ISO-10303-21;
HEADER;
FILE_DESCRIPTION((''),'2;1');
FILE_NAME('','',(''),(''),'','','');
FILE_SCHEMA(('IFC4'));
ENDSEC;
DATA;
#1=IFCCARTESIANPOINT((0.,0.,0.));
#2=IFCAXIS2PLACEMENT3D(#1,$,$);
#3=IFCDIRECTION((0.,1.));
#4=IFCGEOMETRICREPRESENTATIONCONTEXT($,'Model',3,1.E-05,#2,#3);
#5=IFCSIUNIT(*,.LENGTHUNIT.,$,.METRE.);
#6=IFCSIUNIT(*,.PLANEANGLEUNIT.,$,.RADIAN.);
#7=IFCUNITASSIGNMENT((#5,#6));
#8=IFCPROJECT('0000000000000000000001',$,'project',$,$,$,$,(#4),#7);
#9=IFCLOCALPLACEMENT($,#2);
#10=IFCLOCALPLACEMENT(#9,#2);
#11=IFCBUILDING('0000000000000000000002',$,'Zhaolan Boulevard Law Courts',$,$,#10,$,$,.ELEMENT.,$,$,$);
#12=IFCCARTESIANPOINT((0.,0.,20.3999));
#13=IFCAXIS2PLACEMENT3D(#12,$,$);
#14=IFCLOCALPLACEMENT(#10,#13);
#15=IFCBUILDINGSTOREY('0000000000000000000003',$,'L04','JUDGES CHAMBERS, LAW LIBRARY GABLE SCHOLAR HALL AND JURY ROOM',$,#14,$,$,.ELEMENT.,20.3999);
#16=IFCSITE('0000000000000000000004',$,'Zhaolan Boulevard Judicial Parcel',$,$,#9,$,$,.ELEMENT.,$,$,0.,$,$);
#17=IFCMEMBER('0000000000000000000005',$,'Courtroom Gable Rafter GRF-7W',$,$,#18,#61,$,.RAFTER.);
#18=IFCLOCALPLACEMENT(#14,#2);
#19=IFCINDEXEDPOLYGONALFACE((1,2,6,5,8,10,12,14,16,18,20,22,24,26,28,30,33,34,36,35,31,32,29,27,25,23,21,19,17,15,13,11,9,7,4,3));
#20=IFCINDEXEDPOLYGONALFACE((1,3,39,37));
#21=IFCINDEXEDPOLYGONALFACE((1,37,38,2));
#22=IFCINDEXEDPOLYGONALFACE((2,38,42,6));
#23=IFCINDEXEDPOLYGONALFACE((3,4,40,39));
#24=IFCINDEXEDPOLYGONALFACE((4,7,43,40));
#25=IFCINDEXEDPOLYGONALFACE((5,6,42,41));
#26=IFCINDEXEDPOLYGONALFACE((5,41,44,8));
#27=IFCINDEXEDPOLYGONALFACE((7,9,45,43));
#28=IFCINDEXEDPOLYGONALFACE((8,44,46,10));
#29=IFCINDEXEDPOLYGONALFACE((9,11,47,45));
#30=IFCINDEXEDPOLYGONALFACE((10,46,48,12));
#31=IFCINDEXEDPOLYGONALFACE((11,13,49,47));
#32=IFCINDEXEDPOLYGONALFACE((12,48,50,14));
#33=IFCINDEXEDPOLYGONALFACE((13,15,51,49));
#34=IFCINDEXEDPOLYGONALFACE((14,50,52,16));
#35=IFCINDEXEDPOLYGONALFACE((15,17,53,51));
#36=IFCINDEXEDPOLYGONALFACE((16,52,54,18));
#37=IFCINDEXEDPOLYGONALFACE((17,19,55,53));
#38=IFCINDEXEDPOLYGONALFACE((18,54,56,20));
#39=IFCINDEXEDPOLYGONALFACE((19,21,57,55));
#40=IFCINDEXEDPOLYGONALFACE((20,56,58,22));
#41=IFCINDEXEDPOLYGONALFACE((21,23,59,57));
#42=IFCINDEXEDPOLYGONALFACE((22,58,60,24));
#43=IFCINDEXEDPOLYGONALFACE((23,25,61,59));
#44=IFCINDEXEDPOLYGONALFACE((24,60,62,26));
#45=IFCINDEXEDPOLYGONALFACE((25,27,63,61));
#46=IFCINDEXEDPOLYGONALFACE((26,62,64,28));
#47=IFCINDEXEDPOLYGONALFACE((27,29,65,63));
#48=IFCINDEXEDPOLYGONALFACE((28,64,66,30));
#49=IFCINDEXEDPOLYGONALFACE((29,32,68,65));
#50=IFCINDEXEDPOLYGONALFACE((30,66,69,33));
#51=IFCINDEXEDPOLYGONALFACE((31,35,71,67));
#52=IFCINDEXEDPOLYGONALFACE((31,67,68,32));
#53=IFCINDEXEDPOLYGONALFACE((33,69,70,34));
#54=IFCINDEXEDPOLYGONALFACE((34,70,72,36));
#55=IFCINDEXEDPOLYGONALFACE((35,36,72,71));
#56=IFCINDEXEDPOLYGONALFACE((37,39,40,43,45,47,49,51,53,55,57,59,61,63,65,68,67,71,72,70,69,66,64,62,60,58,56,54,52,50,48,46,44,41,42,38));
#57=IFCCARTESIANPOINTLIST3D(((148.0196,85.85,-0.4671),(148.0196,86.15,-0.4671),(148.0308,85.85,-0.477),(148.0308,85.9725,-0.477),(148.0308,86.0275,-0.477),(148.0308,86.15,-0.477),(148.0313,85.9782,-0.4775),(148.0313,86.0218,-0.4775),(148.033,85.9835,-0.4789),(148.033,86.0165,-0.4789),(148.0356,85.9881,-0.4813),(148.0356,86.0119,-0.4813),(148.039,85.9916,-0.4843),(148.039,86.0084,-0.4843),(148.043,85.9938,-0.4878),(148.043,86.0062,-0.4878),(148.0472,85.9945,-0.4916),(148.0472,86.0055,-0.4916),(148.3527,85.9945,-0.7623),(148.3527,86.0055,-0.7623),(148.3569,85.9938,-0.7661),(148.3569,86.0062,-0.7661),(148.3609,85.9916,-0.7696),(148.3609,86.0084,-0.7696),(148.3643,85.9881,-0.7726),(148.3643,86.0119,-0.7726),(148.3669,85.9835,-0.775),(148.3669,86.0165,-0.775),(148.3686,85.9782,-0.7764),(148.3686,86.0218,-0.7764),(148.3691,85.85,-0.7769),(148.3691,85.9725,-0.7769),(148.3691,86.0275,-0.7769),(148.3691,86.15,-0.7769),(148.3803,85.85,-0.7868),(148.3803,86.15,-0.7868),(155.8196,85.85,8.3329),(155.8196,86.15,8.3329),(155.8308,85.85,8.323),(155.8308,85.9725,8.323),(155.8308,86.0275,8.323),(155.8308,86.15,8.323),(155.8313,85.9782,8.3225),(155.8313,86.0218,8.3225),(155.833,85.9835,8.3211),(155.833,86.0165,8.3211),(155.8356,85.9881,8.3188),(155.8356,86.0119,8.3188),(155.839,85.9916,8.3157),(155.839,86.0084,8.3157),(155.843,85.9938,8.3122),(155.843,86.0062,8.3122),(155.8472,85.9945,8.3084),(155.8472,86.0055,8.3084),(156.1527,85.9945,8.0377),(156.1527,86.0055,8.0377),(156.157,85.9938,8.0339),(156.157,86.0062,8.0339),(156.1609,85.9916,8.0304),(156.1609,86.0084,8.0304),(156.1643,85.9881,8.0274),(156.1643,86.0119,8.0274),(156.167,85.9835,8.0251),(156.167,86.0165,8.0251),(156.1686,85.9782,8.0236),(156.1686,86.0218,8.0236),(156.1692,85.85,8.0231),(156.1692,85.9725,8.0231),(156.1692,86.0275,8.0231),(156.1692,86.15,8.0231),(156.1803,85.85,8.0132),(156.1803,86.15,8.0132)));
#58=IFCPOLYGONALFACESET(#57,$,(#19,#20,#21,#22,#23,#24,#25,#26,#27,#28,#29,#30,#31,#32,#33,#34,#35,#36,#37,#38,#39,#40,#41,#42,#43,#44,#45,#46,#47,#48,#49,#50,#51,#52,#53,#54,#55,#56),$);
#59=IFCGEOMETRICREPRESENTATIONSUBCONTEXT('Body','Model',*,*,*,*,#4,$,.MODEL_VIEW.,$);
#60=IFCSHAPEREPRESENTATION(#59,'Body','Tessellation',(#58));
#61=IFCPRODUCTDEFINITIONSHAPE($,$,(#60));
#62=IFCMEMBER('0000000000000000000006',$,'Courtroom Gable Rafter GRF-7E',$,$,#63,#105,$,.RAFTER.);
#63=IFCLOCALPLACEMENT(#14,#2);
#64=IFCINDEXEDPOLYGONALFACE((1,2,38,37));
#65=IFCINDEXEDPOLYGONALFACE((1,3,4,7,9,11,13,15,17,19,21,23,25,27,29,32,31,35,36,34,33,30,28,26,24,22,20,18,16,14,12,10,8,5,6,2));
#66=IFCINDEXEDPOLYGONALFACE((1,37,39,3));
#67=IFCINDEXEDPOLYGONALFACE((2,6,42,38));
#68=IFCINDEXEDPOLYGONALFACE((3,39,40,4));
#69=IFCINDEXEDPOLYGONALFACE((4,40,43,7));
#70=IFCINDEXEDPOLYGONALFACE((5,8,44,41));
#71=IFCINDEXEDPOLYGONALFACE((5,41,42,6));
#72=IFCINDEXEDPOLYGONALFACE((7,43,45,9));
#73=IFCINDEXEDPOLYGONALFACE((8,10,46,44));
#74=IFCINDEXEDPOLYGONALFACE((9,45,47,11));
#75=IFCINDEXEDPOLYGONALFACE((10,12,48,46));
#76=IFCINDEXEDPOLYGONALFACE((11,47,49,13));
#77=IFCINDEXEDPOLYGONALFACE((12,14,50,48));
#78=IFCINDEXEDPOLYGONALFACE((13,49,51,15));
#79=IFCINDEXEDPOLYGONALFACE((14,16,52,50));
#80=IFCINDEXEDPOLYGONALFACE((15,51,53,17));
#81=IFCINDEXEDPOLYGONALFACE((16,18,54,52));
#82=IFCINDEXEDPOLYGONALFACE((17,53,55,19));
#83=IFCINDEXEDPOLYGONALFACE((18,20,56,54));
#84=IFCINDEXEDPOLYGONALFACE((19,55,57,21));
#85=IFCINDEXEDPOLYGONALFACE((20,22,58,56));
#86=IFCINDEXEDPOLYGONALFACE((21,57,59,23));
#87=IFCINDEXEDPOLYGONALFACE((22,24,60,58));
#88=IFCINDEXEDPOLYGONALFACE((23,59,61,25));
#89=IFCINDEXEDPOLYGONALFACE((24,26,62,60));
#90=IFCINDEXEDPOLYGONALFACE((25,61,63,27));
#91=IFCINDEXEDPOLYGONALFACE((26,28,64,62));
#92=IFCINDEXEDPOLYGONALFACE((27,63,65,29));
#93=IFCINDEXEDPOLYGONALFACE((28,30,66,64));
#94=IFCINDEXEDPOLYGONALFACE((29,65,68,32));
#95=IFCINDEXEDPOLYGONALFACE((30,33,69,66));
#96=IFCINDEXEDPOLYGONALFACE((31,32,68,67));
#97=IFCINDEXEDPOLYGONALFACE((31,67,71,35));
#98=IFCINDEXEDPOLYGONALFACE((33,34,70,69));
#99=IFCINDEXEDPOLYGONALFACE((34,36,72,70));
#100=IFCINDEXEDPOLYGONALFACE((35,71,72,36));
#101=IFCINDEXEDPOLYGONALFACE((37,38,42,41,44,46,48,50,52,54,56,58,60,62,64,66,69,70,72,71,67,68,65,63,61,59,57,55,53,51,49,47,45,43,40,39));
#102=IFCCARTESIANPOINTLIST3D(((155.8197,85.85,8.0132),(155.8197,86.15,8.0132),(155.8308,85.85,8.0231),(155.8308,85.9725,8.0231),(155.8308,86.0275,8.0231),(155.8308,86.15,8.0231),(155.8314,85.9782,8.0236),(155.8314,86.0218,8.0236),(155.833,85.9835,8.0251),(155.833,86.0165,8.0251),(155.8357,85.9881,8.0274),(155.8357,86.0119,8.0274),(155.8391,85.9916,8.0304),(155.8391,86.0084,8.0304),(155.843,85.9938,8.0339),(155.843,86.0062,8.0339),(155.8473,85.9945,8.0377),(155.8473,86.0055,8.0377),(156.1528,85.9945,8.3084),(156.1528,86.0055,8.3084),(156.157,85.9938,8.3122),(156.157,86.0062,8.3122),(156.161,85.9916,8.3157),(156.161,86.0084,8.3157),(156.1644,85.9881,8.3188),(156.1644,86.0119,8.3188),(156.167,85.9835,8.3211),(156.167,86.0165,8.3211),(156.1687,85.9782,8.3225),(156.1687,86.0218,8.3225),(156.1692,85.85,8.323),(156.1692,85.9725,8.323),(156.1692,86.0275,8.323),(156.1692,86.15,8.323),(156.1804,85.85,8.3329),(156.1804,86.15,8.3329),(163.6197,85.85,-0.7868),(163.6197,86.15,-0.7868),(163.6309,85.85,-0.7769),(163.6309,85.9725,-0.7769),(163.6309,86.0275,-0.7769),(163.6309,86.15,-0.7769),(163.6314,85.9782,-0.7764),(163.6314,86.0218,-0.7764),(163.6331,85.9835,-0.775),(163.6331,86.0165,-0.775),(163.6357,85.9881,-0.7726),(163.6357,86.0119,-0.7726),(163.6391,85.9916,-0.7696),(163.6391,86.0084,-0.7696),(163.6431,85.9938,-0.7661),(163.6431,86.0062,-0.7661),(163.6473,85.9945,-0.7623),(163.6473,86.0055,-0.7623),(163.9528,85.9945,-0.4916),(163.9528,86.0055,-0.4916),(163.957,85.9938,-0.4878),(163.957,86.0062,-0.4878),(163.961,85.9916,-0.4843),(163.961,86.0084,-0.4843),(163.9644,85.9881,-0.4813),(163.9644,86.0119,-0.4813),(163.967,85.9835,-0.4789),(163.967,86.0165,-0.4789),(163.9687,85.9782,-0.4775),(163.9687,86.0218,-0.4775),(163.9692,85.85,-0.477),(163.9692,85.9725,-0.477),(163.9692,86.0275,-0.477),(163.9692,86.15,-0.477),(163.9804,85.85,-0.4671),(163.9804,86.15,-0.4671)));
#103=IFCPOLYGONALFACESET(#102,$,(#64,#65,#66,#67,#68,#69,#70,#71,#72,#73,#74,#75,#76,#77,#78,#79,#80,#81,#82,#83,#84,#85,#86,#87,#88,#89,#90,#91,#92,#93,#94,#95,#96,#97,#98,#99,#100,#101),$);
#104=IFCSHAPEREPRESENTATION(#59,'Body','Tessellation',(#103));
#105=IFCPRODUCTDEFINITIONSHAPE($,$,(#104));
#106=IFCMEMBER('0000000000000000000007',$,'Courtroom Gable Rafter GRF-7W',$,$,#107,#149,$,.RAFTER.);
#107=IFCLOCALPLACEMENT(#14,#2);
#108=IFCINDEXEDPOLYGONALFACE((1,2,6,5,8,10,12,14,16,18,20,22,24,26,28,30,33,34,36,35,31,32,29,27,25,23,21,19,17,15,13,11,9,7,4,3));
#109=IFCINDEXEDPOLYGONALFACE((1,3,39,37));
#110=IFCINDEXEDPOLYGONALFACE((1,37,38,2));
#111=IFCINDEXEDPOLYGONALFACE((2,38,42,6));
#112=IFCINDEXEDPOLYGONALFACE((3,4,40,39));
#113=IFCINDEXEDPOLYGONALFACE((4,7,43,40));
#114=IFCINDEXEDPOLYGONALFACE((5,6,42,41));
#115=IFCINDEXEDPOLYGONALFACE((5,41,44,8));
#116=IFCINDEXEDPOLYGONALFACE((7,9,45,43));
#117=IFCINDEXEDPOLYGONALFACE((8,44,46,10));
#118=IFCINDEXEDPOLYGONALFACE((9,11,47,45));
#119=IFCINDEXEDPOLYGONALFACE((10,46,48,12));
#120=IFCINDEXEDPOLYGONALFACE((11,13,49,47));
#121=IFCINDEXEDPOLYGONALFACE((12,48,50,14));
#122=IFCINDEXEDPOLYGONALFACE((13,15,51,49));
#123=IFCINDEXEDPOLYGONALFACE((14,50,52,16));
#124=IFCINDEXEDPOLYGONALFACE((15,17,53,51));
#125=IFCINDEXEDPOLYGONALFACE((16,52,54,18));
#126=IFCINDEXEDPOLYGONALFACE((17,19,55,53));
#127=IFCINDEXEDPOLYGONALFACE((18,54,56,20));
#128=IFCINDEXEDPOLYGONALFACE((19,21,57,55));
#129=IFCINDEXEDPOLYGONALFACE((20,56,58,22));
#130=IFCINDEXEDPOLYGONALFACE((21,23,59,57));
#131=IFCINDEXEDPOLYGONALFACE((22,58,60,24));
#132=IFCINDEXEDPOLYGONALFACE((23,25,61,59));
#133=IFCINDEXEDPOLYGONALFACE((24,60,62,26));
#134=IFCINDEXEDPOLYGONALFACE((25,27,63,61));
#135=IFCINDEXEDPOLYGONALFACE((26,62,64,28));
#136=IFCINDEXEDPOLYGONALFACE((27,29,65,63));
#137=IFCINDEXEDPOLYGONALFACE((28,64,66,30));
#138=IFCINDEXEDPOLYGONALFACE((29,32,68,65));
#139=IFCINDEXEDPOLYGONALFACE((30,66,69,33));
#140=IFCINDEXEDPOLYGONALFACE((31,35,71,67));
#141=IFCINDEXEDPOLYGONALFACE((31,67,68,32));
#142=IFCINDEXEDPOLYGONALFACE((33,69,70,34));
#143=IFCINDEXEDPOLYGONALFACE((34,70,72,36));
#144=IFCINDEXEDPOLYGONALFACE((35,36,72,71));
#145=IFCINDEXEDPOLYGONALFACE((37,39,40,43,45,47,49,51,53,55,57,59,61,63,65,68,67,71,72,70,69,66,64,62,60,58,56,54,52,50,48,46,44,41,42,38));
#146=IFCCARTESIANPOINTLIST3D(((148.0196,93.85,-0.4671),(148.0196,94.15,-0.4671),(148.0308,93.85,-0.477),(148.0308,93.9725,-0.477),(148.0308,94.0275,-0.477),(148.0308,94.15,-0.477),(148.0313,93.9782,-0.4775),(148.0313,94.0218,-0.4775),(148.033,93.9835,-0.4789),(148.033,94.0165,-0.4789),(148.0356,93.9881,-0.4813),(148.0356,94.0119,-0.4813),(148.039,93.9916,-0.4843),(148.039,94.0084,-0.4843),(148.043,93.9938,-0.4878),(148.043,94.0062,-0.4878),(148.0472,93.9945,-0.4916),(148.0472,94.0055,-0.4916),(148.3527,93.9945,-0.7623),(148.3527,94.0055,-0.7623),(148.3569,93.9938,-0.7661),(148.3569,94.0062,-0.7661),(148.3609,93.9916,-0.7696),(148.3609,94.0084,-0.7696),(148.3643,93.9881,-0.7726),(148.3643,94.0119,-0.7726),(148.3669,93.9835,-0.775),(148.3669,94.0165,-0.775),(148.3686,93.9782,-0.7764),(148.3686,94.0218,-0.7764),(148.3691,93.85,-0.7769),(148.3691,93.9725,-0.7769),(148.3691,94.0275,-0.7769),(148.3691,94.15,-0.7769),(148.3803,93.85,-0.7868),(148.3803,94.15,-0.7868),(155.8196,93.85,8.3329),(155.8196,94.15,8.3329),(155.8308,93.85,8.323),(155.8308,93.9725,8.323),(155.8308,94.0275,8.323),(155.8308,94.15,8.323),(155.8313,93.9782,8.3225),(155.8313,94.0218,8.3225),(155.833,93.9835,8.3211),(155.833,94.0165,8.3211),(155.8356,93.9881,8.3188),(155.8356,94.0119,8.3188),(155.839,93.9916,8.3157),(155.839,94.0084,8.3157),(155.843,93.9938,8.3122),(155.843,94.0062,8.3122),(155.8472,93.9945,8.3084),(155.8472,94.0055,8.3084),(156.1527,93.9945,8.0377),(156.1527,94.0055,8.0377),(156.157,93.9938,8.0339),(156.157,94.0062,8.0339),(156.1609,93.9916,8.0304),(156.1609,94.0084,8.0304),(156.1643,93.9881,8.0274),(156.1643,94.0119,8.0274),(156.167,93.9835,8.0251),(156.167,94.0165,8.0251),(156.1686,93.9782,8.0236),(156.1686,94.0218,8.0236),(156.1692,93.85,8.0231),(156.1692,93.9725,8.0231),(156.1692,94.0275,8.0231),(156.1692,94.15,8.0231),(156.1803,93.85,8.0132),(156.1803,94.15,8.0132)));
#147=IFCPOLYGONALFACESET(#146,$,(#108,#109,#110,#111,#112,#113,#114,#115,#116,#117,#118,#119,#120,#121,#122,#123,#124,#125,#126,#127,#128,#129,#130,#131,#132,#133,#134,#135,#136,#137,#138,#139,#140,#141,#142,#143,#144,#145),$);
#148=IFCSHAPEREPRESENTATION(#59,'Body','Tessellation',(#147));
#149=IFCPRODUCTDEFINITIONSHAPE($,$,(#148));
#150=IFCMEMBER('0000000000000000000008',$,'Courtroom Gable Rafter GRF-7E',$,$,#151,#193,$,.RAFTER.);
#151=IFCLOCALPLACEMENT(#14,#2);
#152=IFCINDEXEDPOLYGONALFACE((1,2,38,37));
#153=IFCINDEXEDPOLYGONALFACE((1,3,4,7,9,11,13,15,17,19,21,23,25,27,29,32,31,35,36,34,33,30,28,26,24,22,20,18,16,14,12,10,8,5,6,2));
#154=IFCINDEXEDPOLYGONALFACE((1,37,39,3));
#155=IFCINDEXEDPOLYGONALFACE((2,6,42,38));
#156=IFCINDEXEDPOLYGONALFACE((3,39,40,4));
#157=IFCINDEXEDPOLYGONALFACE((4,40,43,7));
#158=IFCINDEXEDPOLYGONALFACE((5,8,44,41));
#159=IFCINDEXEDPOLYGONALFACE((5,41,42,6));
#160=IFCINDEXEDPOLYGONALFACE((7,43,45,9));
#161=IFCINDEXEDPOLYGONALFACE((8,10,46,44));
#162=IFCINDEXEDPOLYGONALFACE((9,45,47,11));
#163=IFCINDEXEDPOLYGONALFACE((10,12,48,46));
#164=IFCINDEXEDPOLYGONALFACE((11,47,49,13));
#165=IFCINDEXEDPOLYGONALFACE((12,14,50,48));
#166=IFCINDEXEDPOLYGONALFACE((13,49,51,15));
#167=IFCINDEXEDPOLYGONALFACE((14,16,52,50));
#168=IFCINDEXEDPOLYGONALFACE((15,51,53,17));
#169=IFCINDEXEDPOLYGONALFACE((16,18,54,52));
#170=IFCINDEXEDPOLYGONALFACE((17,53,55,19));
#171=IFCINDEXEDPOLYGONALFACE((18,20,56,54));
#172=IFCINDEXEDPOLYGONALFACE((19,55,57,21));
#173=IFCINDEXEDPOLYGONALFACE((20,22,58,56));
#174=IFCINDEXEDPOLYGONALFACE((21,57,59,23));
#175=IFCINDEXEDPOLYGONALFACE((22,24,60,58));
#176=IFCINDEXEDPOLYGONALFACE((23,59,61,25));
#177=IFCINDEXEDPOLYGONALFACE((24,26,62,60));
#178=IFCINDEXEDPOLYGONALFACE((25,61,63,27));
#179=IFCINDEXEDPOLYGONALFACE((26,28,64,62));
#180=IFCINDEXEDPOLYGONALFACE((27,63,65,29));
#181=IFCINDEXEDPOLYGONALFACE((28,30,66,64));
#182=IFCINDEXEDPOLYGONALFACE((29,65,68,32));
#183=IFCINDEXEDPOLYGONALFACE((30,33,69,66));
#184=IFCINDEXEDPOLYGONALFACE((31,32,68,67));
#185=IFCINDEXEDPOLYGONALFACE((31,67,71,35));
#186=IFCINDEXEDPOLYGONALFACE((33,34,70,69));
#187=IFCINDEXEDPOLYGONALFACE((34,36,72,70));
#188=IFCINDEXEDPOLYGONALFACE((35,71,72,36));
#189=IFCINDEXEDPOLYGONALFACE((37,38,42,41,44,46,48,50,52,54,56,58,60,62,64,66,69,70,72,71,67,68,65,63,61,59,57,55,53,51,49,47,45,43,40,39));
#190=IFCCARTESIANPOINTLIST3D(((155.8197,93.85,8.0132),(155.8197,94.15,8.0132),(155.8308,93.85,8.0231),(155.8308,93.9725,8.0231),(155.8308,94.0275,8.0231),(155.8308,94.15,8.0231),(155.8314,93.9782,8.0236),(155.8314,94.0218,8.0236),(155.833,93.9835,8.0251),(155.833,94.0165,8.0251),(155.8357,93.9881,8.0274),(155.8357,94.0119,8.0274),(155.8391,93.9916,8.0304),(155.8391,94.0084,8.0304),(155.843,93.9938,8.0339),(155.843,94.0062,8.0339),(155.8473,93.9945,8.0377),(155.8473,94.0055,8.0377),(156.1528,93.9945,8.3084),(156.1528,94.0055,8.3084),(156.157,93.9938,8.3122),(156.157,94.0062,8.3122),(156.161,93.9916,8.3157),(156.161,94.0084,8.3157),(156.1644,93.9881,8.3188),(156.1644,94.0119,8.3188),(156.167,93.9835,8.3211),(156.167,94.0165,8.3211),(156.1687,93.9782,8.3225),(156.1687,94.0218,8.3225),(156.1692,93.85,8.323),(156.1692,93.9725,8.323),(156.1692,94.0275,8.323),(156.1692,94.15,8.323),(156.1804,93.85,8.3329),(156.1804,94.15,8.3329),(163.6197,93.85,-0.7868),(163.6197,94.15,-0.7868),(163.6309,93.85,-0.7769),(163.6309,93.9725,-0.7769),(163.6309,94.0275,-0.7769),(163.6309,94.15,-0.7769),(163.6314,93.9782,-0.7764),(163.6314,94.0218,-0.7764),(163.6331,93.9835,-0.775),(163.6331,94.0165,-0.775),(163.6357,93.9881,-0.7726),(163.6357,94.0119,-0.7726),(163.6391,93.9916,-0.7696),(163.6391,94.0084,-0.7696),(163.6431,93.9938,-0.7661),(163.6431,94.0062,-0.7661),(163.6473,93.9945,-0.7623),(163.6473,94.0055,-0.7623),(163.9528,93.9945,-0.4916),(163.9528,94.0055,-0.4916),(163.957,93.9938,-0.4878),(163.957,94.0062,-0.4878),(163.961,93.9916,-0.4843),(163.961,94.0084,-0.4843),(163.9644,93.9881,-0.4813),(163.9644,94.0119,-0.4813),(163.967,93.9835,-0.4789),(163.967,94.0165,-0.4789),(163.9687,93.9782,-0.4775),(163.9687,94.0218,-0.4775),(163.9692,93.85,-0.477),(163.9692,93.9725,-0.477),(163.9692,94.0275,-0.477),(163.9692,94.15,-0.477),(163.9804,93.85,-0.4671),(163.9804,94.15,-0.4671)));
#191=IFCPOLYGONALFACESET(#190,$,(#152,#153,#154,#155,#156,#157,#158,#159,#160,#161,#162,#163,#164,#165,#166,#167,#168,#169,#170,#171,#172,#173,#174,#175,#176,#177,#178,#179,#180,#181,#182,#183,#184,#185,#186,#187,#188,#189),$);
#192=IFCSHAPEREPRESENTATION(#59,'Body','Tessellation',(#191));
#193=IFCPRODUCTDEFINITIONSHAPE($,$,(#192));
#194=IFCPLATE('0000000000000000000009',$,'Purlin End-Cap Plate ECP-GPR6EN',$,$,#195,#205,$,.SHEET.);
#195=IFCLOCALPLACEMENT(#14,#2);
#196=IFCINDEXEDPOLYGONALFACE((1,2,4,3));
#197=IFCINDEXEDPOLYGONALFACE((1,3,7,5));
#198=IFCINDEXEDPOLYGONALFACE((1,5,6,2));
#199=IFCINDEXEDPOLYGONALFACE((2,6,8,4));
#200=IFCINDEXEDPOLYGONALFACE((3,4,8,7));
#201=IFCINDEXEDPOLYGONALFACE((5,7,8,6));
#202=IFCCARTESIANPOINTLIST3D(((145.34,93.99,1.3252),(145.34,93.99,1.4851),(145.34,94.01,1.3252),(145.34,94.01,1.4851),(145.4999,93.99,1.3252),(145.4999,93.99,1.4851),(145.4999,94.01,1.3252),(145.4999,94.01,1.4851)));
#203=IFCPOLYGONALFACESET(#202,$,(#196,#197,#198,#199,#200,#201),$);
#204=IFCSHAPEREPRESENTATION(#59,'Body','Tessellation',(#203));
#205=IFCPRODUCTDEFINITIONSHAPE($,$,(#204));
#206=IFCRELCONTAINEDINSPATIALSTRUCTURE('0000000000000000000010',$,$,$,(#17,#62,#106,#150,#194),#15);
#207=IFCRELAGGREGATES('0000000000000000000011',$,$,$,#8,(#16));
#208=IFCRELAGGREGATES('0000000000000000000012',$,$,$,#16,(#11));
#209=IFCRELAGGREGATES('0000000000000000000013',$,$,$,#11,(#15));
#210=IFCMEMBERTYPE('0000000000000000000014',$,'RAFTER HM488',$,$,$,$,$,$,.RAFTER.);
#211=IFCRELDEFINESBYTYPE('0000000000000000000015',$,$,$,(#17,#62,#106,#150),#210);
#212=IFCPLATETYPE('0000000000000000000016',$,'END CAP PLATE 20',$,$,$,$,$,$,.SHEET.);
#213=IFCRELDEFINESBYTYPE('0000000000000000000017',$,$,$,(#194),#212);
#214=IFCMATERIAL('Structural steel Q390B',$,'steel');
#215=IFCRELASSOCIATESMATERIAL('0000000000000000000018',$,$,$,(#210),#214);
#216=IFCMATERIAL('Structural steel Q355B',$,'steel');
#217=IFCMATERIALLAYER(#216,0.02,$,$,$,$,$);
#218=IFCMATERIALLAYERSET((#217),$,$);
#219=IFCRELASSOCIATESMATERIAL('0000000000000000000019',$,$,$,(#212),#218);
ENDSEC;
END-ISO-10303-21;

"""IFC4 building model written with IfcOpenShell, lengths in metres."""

from ifc_helpers import new_model, si_unit, direction, frame, origin, origin_2d, place, context, subcontext, project, spatial, rectangle, i_section, extrude, material, layer, layer_set, material_profile, profile_set, type_object, element, save


model = new_model("IFC4")

# Units and contexts
model_context = context("Model", 3, precision=1e-05, world=origin(), true_north=direction((0.0, 1.0)))
body_context = subcontext(model_context, "Body", "Model", "MODEL_VIEW")
ifc_project = project(units=[si_unit("LENGTHUNIT", "METRE"), si_unit("PLANEANGLEUNIT", "RADIAN")], contexts=[model_context])

# Site, building, storey
site_placement = place(None, origin())
site = spatial("IfcSite", under=ifc_project, at=site_placement, Name="Zhaolan Boulevard Judicial Parcel", CompositionType="ELEMENT", RefElevation=0.0)
building_placement = place(site_placement, origin())
building = spatial("IfcBuilding", under=site, at=building_placement, Name="Zhaolan Boulevard Law Courts", CompositionType="ELEMENT")
storey_placement = place(building_placement, frame((0.0, 0.0, 20.3999)))
storey = spatial("IfcBuildingStorey", under=building, at=storey_placement, Name="L04", Description="JUDGES CHAMBERS, LAW LIBRARY GABLE SCHOLAR HALL AND JURY ROOM", CompositionType="ELEMENT", Elevation=20.3999)

# Members
ifc_material_1 = material(Name="Structural steel Q390B", Category="steel")
ifc_material_profile = material_profile(ifc_material_1, i_section(OverallWidth=0.3, OverallDepth=0.4819, WebThickness=0.011, FlangeThickness=0.0149, FilletRadius=0.022, at=origin_2d()), Name="HM482x300")
ifc_profile_set = profile_set([ifc_material_profile], Name="Structural steel Q390B")
member_type = type_object("IfcMemberType", Name="RAFTER HM488", PredefinedType="RAFTER", material=ifc_profile_set)
for number, where, z_axis, x_axis, name in (
    (1, (148.2, 86.0, -0.627), (0.663308, 0.0, 0.748347), (0.0, 1.0, 0.0), "Courtroom Gable Rafter GRF-7W"),
    (2, (163.8, 86.0, -0.627), (-0.663308, 0.0, 0.748347), (0.0, -1.0, 0.0), "Courtroom Gable Rafter GRF-7E"),
    (3, (148.2, 94.0, -0.627), (0.663308, 0.0, 0.748347), (0.0, 1.0, 0.0), "Courtroom Gable Rafter GRF-7W"),
    (4, (163.8, 94.0, -0.627), (-0.663308, 0.0, 0.748347), (0.0, -1.0, 0.0), "Courtroom Gable Rafter GRF-7E"),
):
    element("IfcMember", number, at=place(storey_placement, frame(where, z_axis=z_axis, x_axis=x_axis)), inside=storey, type_object=member_type, Name=name, PredefinedType="RAFTER", context=body_context, shape_type="SweptSolid", body=[
        extrude(i_section(OverallWidth=0.3, OverallDepth=0.4819, WebThickness=0.011, FlangeThickness=0.0149, FilletRadius=0.022, at=origin_2d()), origin(), (0.0, 0.0, 1.0), 11.7593),
    ])

# Plate
ifc_material_2 = material(Name="Structural steel Q355B", Category="steel")
ifc_layer_1 = layer(ifc_material_2, 0.02)
ifc_layer_set_1 = layer_set([ifc_layer_1])
plate_type = type_object("IfcPlateType", Name="END CAP PLATE 20", PredefinedType="SHEET", material=ifc_layer_set_1)
for number, where, z_axis, x_axis, name in (
    (5, (145.4199, 94.0, 1.3252), (0.0, 0.0, 1.0), (1.0, 0.0, 0.0), "Purlin End-Cap Plate ECP-GPR6EN"),
):
    element("IfcPlate", number, at=place(storey_placement, frame(where, z_axis=z_axis, x_axis=x_axis)), inside=storey, type_object=plate_type, Name=name, PredefinedType="SHEET", context=body_context, shape_type="SweptSolid", body=[
        extrude(rectangle(XDim=0.1599, YDim=0.02, at=origin_2d()), origin(), (0.0, 0.0, 1.0), 0.1599),
    ])

save(model, "model.ifc")
